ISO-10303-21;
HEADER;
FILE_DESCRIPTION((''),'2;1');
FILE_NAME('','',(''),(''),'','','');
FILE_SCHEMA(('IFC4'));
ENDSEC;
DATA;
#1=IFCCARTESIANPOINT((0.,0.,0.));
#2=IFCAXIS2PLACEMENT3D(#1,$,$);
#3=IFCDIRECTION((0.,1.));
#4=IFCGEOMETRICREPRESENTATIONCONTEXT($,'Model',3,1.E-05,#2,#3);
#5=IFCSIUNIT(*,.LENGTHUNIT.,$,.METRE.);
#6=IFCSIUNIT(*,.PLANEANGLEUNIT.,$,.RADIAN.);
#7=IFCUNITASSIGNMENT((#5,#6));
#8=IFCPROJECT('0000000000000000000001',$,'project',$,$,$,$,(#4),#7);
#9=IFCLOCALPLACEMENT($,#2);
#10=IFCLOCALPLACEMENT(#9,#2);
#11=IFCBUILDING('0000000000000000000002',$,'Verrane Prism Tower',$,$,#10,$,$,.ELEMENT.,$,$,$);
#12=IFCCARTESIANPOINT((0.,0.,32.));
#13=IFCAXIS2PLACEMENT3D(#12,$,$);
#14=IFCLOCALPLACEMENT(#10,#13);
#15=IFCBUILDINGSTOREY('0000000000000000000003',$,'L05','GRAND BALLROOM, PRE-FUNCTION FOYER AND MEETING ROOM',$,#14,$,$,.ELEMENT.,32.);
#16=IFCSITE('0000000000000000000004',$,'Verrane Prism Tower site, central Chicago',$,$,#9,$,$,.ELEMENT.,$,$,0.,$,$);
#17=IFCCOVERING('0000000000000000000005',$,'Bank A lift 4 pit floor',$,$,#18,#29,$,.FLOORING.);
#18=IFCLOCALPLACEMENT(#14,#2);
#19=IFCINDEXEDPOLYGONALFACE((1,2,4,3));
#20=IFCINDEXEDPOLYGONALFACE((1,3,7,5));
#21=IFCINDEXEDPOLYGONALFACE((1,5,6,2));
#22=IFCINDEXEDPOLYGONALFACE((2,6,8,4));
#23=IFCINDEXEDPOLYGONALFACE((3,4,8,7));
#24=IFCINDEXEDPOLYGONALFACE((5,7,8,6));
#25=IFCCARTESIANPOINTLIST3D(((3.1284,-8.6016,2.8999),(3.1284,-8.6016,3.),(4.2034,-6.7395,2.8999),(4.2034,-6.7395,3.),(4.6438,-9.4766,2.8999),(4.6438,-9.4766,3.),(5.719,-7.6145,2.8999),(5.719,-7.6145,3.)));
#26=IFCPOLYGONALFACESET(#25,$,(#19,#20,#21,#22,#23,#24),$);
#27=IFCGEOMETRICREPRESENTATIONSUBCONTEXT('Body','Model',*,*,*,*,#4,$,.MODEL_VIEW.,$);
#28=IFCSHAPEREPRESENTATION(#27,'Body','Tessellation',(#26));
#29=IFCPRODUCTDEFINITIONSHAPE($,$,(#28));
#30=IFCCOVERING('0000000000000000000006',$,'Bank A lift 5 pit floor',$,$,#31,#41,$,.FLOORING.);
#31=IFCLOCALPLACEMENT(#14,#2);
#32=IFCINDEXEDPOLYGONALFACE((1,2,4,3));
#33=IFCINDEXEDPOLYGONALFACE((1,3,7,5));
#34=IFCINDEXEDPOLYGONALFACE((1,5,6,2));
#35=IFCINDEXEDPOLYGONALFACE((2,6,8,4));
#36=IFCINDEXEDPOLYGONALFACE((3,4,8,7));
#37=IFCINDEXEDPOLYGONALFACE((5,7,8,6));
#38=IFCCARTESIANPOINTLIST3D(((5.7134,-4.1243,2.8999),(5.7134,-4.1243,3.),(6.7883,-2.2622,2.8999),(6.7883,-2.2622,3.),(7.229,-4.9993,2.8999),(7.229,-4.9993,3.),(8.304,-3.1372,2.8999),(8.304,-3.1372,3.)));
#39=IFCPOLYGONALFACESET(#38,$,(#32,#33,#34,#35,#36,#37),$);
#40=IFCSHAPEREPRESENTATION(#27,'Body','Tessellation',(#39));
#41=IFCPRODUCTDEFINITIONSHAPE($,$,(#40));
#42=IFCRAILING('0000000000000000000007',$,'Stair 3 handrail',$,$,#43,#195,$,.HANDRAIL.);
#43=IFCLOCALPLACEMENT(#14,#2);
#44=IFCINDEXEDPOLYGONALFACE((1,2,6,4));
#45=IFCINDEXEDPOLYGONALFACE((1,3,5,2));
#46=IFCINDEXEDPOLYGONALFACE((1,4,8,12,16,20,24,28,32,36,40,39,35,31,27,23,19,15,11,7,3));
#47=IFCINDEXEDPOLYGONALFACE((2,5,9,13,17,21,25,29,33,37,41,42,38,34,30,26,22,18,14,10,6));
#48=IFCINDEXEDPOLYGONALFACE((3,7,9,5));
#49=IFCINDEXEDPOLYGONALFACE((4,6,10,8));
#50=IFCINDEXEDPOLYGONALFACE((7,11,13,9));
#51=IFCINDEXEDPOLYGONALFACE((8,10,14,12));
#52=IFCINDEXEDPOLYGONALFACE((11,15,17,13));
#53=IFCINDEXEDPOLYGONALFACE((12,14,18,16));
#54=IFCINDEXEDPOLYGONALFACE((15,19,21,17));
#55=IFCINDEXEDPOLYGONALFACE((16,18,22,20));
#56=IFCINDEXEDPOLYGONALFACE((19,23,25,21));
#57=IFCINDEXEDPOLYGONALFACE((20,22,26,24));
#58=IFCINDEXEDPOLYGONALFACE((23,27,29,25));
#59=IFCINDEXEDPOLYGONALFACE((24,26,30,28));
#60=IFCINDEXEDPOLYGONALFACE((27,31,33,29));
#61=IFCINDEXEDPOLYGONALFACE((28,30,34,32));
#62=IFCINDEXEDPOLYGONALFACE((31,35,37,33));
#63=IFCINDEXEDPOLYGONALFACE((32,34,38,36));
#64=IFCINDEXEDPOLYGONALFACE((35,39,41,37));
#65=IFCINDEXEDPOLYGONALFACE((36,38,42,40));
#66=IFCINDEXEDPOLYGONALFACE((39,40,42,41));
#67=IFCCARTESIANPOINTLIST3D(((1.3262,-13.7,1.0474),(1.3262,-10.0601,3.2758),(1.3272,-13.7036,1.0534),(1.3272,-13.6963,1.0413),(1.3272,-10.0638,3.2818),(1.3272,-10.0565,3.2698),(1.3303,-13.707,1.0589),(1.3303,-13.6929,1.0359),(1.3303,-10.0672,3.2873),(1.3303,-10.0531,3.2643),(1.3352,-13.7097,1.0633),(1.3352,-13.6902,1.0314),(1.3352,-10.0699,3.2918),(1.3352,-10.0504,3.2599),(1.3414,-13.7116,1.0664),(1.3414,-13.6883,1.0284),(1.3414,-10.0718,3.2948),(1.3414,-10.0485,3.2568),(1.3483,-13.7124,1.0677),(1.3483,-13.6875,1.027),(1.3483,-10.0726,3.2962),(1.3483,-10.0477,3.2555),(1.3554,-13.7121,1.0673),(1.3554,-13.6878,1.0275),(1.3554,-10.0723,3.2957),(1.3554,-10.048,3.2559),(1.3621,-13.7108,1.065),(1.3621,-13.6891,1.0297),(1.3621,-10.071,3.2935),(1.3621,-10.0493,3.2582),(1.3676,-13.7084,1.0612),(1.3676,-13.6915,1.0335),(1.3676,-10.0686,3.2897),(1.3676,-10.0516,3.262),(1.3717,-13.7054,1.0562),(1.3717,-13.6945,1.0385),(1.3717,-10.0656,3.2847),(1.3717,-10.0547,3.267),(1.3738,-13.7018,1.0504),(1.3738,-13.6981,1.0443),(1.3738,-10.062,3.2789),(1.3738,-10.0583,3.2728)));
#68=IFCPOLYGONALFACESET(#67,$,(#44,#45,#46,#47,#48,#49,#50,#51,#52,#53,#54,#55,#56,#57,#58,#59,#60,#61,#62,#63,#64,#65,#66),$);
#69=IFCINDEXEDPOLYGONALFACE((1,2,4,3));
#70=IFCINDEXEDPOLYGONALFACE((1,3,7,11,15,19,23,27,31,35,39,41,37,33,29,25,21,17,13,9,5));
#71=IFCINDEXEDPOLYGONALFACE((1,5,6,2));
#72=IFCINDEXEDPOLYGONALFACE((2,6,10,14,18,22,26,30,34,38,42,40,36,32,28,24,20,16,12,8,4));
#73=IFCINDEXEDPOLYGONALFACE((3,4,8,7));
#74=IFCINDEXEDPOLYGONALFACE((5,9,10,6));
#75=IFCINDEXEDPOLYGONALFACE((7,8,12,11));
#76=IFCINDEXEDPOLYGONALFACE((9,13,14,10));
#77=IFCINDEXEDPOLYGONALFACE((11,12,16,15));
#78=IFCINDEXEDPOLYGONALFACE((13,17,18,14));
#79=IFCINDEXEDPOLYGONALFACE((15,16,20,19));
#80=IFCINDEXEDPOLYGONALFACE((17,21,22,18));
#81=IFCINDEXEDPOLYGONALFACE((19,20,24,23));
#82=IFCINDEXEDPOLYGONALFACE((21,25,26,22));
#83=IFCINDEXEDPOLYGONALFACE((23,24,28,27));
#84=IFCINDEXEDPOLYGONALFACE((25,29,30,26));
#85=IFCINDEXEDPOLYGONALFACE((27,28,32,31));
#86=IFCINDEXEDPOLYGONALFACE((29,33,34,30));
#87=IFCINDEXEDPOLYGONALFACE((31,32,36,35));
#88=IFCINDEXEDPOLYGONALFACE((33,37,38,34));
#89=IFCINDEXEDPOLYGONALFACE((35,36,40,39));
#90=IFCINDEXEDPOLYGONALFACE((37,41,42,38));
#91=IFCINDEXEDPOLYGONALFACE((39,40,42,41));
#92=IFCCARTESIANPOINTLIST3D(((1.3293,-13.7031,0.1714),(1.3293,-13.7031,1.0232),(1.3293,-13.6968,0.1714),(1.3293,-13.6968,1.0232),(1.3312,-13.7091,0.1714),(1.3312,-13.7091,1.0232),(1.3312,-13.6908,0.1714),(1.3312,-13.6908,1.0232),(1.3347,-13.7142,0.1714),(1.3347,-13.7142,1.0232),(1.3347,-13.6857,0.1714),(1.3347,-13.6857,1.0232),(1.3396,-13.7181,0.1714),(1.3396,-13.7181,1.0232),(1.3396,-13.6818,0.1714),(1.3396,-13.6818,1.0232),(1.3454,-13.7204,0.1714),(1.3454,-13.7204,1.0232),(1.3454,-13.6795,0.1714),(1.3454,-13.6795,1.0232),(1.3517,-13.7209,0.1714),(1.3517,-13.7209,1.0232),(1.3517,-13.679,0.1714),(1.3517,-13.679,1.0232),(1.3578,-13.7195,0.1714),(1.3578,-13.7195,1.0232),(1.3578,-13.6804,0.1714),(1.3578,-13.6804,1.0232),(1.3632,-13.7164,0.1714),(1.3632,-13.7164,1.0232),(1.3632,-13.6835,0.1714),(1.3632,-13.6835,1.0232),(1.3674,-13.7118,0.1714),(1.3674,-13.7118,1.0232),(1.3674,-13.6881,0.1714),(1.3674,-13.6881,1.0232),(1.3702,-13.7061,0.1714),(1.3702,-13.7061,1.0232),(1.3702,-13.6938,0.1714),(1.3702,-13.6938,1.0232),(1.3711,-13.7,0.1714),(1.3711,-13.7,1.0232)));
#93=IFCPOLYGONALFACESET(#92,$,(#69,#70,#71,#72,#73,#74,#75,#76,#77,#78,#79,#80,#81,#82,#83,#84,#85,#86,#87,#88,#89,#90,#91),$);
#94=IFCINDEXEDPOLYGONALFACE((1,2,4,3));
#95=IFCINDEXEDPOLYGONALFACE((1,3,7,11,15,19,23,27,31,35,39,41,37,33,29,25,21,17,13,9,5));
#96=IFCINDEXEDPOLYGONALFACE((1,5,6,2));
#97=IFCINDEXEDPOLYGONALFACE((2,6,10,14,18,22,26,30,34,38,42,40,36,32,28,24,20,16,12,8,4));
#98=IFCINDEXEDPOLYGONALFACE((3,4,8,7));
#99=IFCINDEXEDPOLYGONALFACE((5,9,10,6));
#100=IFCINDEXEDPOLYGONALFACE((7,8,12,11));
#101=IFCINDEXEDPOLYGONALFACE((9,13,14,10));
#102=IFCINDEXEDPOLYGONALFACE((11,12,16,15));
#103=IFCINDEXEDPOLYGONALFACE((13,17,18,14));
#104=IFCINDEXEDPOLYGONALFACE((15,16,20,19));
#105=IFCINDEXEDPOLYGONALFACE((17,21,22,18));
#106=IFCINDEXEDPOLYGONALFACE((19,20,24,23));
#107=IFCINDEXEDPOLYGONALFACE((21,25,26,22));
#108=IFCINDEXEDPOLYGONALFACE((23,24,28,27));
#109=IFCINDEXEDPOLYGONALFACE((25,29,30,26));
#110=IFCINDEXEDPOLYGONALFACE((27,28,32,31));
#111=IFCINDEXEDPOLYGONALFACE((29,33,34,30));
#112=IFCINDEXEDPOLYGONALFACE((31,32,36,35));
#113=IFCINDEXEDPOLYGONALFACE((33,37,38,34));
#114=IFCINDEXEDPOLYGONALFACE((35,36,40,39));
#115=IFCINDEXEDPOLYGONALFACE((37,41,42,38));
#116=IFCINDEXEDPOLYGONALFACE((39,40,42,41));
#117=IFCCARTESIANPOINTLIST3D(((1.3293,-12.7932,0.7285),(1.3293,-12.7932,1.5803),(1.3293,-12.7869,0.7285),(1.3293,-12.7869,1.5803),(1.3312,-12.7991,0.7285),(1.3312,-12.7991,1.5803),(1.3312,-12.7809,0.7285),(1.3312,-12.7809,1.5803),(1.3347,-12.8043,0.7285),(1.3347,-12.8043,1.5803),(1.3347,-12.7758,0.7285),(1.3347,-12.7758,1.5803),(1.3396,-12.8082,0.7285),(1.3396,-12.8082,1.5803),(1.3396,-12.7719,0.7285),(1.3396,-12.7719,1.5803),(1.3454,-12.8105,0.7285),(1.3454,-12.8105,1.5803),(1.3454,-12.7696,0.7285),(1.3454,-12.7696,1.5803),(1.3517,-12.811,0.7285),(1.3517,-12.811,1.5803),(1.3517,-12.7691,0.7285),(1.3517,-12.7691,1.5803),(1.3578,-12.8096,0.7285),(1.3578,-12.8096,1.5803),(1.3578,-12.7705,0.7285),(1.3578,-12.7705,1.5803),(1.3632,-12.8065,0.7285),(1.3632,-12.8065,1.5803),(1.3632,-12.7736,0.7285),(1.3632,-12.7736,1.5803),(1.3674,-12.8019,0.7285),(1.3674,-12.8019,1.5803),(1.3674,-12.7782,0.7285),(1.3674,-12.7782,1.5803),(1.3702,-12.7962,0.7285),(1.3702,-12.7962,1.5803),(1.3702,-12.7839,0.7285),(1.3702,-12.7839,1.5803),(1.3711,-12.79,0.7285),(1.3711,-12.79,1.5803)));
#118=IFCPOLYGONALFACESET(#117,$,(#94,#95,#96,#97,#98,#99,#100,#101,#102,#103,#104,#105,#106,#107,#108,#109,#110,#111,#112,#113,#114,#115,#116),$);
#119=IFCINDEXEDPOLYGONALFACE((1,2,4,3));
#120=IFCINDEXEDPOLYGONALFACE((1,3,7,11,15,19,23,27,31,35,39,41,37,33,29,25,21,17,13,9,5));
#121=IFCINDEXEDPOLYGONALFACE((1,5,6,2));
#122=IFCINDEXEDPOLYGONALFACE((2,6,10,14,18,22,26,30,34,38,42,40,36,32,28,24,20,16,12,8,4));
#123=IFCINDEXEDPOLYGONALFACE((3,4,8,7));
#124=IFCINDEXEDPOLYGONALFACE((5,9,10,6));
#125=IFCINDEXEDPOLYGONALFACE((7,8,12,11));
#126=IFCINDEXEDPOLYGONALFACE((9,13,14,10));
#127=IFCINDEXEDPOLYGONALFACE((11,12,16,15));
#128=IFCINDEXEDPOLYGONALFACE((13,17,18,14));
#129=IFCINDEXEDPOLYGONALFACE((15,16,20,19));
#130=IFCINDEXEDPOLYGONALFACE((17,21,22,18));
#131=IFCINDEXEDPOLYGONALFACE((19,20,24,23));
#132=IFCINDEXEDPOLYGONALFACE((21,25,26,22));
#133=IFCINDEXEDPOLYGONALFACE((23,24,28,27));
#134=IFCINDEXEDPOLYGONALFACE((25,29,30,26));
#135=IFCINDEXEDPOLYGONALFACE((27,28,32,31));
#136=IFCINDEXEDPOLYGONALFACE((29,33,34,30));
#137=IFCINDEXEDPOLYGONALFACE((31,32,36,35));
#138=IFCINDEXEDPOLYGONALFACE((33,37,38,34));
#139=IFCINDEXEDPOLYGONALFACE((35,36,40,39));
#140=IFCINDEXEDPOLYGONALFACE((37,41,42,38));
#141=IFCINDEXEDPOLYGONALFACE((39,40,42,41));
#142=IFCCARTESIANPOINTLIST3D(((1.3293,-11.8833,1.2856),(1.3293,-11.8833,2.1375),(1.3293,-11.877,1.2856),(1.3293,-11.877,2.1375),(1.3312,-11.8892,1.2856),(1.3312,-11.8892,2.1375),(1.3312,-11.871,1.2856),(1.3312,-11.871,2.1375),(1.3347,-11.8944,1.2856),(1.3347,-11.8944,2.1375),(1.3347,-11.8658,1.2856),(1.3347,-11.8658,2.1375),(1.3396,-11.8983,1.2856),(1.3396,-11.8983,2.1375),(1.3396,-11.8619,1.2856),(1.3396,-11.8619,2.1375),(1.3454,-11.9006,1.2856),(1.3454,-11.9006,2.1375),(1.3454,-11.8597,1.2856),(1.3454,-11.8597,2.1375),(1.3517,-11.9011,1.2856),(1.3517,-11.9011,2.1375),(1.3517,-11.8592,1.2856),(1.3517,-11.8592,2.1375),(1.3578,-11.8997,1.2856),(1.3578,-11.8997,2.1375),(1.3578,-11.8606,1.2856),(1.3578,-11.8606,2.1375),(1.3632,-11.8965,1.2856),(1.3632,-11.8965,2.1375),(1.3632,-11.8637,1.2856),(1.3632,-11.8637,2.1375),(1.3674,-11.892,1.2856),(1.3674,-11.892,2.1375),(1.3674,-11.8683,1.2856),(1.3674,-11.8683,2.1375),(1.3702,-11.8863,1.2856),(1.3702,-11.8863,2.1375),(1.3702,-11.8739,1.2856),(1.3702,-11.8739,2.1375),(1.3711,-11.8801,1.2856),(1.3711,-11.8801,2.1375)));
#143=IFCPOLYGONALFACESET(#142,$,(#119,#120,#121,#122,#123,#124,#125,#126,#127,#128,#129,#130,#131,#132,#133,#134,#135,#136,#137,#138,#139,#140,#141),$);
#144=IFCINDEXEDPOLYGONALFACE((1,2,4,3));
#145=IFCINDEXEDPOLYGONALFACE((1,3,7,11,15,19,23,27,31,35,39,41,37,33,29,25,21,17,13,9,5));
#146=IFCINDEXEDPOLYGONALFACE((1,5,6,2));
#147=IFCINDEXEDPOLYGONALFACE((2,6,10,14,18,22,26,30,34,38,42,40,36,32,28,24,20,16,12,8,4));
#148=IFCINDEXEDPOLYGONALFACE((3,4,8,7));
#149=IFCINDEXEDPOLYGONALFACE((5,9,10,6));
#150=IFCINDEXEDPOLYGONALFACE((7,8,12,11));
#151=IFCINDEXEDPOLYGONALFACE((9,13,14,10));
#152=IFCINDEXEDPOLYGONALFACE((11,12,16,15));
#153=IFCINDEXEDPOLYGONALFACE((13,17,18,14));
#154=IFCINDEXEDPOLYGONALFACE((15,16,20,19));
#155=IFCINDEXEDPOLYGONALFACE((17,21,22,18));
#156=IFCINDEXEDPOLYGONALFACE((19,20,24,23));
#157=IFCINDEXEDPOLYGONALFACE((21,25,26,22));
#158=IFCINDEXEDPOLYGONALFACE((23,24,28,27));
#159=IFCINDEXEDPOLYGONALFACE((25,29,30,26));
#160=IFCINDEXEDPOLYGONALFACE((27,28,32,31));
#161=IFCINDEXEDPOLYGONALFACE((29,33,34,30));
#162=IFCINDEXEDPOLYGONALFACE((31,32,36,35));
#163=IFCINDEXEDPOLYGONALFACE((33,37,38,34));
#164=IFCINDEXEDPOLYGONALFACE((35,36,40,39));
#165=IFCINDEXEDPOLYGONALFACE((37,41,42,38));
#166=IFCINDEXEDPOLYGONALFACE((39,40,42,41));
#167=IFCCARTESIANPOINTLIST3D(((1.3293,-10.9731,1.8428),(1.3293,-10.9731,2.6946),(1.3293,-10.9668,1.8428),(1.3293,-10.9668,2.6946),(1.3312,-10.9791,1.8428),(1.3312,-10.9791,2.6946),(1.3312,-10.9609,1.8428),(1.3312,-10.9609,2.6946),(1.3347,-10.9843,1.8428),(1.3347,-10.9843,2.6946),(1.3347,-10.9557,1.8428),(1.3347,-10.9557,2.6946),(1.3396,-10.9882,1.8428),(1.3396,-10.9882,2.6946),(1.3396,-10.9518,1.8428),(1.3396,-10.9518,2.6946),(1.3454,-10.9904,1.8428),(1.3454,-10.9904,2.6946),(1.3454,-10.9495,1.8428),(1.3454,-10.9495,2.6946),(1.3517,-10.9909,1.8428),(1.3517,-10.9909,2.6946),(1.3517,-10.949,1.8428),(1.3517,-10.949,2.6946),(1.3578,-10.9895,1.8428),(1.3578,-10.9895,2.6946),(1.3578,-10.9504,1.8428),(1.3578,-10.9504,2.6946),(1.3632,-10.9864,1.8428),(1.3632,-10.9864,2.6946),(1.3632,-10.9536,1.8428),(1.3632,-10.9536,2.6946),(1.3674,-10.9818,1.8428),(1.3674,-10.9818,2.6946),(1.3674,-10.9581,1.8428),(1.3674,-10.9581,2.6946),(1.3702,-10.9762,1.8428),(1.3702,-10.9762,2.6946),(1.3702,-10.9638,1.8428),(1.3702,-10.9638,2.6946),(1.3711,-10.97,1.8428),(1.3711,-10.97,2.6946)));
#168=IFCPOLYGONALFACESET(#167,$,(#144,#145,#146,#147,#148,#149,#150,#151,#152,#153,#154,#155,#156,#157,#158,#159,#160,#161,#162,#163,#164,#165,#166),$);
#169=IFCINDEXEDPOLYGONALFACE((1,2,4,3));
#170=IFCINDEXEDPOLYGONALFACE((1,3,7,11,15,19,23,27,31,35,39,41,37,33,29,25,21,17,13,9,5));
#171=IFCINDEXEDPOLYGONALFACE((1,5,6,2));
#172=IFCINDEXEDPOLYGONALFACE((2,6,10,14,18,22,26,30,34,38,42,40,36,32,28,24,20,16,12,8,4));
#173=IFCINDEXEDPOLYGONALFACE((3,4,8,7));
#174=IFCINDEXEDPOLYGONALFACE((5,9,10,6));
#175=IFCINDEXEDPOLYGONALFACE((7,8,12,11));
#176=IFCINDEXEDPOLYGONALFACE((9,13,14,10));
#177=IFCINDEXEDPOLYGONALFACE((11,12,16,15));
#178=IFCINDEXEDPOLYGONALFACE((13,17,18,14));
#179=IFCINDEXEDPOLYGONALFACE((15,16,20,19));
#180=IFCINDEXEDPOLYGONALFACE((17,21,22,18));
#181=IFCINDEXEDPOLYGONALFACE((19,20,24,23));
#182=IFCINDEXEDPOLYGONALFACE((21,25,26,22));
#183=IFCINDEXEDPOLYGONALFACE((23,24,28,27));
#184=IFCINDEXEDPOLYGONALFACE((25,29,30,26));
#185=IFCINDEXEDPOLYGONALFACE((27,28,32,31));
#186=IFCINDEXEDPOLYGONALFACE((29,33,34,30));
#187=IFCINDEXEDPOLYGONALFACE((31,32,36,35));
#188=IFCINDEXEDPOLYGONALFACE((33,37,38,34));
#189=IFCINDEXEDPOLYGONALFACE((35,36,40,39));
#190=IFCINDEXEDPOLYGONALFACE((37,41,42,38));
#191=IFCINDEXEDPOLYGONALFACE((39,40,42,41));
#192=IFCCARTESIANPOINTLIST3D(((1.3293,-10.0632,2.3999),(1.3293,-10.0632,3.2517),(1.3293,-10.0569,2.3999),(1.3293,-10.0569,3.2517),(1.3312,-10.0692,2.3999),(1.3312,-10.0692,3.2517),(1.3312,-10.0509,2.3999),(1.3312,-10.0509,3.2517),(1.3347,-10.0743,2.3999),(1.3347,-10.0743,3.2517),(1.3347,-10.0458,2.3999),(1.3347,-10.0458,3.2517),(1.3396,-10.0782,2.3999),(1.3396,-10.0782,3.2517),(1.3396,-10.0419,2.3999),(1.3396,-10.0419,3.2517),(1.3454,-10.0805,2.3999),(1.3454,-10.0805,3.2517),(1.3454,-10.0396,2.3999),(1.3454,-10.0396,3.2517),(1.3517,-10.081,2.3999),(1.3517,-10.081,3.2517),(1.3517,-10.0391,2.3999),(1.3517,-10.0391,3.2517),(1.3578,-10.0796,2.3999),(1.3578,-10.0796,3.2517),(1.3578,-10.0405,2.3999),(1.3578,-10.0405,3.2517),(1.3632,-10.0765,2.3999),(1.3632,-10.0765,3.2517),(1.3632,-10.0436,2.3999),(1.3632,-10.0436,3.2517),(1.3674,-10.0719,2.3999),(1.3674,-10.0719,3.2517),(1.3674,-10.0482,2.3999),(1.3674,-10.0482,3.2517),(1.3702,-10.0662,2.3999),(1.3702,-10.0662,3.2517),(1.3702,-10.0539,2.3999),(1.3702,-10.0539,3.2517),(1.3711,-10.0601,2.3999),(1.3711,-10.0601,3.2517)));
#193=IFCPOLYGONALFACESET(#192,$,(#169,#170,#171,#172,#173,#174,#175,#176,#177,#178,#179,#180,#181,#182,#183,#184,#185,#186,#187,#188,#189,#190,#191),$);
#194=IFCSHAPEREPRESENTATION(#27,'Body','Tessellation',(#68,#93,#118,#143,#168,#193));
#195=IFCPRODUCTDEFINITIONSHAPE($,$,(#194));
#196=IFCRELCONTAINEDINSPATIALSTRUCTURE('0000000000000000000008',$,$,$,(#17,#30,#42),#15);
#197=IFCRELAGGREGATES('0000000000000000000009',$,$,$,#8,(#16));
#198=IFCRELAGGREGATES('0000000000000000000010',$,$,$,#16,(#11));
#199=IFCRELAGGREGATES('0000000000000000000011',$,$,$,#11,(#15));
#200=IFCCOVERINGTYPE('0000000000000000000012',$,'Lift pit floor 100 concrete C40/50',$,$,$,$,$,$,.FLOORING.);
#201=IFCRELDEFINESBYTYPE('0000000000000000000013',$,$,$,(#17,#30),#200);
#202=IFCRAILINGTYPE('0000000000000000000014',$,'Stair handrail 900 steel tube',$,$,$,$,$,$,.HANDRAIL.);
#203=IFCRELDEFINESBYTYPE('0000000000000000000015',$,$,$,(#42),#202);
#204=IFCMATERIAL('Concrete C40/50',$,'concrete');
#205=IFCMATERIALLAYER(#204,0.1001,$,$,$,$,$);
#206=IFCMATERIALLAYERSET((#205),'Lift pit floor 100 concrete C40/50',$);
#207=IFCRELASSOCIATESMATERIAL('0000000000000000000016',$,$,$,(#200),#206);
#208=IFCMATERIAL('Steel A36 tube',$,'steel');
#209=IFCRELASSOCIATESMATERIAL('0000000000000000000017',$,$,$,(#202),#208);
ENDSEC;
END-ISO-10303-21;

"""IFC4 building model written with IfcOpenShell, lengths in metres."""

from ifc_helpers import new_model, si_unit, direction, frame, origin, origin_2d, place, context, subcontext, project, spatial, polyline, circle, outline, extrude, material, layer, layer_set, type_object, element, save


model = new_model("IFC4")

# Units and contexts
model_context = context("Model", 3, precision=1e-05, world=origin(), true_north=direction((0.0, 1.0)))
body_context = subcontext(model_context, "Body", "Model", "MODEL_VIEW")
ifc_project = project(units=[si_unit("LENGTHUNIT", "METRE"), si_unit("PLANEANGLEUNIT", "RADIAN")], contexts=[model_context])

# Site, building, storey
site_placement = place(None, origin())
site = spatial("IfcSite", under=ifc_project, at=site_placement, Name="Verrane Prism Tower site, central Chicago", CompositionType="ELEMENT", RefElevation=0.0)
building_placement = place(site_placement, origin())
building = spatial("IfcBuilding", under=site, at=building_placement, Name="Verrane Prism Tower", CompositionType="ELEMENT")
storey_placement = place(building_placement, frame((0.0, 0.0, 32.0)))
storey = spatial("IfcBuildingStorey", under=building, at=storey_placement, Name="L05", Description="GRAND BALLROOM, PRE-FUNCTION FOYER AND MEETING ROOM", CompositionType="ELEMENT", Elevation=32.0)

# Coverings
ifc_material_1 = material(Name="Concrete C40/50", Category="concrete")
ifc_layer_1 = layer(ifc_material_1, 0.1001)
ifc_layer_set_1 = layer_set([ifc_layer_1], Name="Lift pit floor 100 concrete C40/50")
covering_type = type_object("IfcCoveringType", Name="Lift pit floor 100 concrete C40/50", PredefinedType="FLOORING", material=ifc_layer_set_1)
covering_1_placement = place(storey_placement, frame((0.0, 0.0, 2.8999)))
element("IfcCovering", 1, at=covering_1_placement, inside=storey, type_object=covering_type, Name="Bank A lift 4 pit floor", PredefinedType="FLOORING", context=body_context, shape_type="SweptSolid", body=[
    extrude(outline(polyline([(4.2034, -6.7395), (5.719, -7.6145), (4.6438, -9.4766), (3.1284, -8.6016), (4.2034, -6.7395)])), origin(), (0.0, 0.0, 1.0), 0.1001),
])
covering_2_placement = place(storey_placement, frame((0.0, 0.0, 2.8999)))
element("IfcCovering", 2, at=covering_2_placement, inside=storey, type_object=covering_type, Name="Bank A lift 5 pit floor", PredefinedType="FLOORING", context=body_context, shape_type="SweptSolid", body=[
    extrude(outline(polyline([(6.7883, -2.2622), (8.304, -3.1372), (7.229, -4.9993), (5.7134, -4.1243), (6.7883, -2.2622)])), origin(), (0.0, 0.0, 1.0), 0.1001),
])

# Railing
ifc_material_2 = material(Name="Steel A36 tube", Category="steel")
railing_type = type_object("IfcRailingType", Name="Stair handrail 900 steel tube", PredefinedType="HANDRAIL", material=ifc_material_2)
railing_placement = place(storey_placement, frame((1.3501, -13.7, 0.1714)))
element("IfcRailing", 3, at=railing_placement, inside=storey, type_object=railing_type, Name="Stair 3 handrail", PredefinedType="HANDRAIL", context=body_context, shape_type="SweptSolid", body=[
    extrude(circle(Radius=0.0239, at=origin_2d()), frame((0.0, 0.0, 0.876), z_axis=(0.0, 0.85285, 0.522156), x_axis=(-1.0, 0.0, 0.0)), (0.0, 0.0, 1.0), 4.2678),
    extrude(circle(Radius=0.021, at=origin_2d()), origin(), (0.0, 0.0, 1.0), 0.8518),
    extrude(circle(Radius=0.021, at=origin_2d()), frame((0.0, 0.9099, 0.5571)), (0.0, 0.0, 1.0), 0.8518),
    extrude(circle(Radius=0.021, at=origin_2d()), frame((0.0, 1.8198, 1.1143)), (0.0, 0.0, 1.0), 0.8518),
    extrude(circle(Radius=0.021, at=origin_2d()), frame((0.0, 2.73, 1.6714)), (0.0, 0.0, 1.0), 0.8518),
    extrude(circle(Radius=0.021, at=origin_2d()), frame((0.0, 3.6399, 2.2285)), (0.0, 0.0, 1.0), 0.8518),
])

save(model, "model.ifc")
